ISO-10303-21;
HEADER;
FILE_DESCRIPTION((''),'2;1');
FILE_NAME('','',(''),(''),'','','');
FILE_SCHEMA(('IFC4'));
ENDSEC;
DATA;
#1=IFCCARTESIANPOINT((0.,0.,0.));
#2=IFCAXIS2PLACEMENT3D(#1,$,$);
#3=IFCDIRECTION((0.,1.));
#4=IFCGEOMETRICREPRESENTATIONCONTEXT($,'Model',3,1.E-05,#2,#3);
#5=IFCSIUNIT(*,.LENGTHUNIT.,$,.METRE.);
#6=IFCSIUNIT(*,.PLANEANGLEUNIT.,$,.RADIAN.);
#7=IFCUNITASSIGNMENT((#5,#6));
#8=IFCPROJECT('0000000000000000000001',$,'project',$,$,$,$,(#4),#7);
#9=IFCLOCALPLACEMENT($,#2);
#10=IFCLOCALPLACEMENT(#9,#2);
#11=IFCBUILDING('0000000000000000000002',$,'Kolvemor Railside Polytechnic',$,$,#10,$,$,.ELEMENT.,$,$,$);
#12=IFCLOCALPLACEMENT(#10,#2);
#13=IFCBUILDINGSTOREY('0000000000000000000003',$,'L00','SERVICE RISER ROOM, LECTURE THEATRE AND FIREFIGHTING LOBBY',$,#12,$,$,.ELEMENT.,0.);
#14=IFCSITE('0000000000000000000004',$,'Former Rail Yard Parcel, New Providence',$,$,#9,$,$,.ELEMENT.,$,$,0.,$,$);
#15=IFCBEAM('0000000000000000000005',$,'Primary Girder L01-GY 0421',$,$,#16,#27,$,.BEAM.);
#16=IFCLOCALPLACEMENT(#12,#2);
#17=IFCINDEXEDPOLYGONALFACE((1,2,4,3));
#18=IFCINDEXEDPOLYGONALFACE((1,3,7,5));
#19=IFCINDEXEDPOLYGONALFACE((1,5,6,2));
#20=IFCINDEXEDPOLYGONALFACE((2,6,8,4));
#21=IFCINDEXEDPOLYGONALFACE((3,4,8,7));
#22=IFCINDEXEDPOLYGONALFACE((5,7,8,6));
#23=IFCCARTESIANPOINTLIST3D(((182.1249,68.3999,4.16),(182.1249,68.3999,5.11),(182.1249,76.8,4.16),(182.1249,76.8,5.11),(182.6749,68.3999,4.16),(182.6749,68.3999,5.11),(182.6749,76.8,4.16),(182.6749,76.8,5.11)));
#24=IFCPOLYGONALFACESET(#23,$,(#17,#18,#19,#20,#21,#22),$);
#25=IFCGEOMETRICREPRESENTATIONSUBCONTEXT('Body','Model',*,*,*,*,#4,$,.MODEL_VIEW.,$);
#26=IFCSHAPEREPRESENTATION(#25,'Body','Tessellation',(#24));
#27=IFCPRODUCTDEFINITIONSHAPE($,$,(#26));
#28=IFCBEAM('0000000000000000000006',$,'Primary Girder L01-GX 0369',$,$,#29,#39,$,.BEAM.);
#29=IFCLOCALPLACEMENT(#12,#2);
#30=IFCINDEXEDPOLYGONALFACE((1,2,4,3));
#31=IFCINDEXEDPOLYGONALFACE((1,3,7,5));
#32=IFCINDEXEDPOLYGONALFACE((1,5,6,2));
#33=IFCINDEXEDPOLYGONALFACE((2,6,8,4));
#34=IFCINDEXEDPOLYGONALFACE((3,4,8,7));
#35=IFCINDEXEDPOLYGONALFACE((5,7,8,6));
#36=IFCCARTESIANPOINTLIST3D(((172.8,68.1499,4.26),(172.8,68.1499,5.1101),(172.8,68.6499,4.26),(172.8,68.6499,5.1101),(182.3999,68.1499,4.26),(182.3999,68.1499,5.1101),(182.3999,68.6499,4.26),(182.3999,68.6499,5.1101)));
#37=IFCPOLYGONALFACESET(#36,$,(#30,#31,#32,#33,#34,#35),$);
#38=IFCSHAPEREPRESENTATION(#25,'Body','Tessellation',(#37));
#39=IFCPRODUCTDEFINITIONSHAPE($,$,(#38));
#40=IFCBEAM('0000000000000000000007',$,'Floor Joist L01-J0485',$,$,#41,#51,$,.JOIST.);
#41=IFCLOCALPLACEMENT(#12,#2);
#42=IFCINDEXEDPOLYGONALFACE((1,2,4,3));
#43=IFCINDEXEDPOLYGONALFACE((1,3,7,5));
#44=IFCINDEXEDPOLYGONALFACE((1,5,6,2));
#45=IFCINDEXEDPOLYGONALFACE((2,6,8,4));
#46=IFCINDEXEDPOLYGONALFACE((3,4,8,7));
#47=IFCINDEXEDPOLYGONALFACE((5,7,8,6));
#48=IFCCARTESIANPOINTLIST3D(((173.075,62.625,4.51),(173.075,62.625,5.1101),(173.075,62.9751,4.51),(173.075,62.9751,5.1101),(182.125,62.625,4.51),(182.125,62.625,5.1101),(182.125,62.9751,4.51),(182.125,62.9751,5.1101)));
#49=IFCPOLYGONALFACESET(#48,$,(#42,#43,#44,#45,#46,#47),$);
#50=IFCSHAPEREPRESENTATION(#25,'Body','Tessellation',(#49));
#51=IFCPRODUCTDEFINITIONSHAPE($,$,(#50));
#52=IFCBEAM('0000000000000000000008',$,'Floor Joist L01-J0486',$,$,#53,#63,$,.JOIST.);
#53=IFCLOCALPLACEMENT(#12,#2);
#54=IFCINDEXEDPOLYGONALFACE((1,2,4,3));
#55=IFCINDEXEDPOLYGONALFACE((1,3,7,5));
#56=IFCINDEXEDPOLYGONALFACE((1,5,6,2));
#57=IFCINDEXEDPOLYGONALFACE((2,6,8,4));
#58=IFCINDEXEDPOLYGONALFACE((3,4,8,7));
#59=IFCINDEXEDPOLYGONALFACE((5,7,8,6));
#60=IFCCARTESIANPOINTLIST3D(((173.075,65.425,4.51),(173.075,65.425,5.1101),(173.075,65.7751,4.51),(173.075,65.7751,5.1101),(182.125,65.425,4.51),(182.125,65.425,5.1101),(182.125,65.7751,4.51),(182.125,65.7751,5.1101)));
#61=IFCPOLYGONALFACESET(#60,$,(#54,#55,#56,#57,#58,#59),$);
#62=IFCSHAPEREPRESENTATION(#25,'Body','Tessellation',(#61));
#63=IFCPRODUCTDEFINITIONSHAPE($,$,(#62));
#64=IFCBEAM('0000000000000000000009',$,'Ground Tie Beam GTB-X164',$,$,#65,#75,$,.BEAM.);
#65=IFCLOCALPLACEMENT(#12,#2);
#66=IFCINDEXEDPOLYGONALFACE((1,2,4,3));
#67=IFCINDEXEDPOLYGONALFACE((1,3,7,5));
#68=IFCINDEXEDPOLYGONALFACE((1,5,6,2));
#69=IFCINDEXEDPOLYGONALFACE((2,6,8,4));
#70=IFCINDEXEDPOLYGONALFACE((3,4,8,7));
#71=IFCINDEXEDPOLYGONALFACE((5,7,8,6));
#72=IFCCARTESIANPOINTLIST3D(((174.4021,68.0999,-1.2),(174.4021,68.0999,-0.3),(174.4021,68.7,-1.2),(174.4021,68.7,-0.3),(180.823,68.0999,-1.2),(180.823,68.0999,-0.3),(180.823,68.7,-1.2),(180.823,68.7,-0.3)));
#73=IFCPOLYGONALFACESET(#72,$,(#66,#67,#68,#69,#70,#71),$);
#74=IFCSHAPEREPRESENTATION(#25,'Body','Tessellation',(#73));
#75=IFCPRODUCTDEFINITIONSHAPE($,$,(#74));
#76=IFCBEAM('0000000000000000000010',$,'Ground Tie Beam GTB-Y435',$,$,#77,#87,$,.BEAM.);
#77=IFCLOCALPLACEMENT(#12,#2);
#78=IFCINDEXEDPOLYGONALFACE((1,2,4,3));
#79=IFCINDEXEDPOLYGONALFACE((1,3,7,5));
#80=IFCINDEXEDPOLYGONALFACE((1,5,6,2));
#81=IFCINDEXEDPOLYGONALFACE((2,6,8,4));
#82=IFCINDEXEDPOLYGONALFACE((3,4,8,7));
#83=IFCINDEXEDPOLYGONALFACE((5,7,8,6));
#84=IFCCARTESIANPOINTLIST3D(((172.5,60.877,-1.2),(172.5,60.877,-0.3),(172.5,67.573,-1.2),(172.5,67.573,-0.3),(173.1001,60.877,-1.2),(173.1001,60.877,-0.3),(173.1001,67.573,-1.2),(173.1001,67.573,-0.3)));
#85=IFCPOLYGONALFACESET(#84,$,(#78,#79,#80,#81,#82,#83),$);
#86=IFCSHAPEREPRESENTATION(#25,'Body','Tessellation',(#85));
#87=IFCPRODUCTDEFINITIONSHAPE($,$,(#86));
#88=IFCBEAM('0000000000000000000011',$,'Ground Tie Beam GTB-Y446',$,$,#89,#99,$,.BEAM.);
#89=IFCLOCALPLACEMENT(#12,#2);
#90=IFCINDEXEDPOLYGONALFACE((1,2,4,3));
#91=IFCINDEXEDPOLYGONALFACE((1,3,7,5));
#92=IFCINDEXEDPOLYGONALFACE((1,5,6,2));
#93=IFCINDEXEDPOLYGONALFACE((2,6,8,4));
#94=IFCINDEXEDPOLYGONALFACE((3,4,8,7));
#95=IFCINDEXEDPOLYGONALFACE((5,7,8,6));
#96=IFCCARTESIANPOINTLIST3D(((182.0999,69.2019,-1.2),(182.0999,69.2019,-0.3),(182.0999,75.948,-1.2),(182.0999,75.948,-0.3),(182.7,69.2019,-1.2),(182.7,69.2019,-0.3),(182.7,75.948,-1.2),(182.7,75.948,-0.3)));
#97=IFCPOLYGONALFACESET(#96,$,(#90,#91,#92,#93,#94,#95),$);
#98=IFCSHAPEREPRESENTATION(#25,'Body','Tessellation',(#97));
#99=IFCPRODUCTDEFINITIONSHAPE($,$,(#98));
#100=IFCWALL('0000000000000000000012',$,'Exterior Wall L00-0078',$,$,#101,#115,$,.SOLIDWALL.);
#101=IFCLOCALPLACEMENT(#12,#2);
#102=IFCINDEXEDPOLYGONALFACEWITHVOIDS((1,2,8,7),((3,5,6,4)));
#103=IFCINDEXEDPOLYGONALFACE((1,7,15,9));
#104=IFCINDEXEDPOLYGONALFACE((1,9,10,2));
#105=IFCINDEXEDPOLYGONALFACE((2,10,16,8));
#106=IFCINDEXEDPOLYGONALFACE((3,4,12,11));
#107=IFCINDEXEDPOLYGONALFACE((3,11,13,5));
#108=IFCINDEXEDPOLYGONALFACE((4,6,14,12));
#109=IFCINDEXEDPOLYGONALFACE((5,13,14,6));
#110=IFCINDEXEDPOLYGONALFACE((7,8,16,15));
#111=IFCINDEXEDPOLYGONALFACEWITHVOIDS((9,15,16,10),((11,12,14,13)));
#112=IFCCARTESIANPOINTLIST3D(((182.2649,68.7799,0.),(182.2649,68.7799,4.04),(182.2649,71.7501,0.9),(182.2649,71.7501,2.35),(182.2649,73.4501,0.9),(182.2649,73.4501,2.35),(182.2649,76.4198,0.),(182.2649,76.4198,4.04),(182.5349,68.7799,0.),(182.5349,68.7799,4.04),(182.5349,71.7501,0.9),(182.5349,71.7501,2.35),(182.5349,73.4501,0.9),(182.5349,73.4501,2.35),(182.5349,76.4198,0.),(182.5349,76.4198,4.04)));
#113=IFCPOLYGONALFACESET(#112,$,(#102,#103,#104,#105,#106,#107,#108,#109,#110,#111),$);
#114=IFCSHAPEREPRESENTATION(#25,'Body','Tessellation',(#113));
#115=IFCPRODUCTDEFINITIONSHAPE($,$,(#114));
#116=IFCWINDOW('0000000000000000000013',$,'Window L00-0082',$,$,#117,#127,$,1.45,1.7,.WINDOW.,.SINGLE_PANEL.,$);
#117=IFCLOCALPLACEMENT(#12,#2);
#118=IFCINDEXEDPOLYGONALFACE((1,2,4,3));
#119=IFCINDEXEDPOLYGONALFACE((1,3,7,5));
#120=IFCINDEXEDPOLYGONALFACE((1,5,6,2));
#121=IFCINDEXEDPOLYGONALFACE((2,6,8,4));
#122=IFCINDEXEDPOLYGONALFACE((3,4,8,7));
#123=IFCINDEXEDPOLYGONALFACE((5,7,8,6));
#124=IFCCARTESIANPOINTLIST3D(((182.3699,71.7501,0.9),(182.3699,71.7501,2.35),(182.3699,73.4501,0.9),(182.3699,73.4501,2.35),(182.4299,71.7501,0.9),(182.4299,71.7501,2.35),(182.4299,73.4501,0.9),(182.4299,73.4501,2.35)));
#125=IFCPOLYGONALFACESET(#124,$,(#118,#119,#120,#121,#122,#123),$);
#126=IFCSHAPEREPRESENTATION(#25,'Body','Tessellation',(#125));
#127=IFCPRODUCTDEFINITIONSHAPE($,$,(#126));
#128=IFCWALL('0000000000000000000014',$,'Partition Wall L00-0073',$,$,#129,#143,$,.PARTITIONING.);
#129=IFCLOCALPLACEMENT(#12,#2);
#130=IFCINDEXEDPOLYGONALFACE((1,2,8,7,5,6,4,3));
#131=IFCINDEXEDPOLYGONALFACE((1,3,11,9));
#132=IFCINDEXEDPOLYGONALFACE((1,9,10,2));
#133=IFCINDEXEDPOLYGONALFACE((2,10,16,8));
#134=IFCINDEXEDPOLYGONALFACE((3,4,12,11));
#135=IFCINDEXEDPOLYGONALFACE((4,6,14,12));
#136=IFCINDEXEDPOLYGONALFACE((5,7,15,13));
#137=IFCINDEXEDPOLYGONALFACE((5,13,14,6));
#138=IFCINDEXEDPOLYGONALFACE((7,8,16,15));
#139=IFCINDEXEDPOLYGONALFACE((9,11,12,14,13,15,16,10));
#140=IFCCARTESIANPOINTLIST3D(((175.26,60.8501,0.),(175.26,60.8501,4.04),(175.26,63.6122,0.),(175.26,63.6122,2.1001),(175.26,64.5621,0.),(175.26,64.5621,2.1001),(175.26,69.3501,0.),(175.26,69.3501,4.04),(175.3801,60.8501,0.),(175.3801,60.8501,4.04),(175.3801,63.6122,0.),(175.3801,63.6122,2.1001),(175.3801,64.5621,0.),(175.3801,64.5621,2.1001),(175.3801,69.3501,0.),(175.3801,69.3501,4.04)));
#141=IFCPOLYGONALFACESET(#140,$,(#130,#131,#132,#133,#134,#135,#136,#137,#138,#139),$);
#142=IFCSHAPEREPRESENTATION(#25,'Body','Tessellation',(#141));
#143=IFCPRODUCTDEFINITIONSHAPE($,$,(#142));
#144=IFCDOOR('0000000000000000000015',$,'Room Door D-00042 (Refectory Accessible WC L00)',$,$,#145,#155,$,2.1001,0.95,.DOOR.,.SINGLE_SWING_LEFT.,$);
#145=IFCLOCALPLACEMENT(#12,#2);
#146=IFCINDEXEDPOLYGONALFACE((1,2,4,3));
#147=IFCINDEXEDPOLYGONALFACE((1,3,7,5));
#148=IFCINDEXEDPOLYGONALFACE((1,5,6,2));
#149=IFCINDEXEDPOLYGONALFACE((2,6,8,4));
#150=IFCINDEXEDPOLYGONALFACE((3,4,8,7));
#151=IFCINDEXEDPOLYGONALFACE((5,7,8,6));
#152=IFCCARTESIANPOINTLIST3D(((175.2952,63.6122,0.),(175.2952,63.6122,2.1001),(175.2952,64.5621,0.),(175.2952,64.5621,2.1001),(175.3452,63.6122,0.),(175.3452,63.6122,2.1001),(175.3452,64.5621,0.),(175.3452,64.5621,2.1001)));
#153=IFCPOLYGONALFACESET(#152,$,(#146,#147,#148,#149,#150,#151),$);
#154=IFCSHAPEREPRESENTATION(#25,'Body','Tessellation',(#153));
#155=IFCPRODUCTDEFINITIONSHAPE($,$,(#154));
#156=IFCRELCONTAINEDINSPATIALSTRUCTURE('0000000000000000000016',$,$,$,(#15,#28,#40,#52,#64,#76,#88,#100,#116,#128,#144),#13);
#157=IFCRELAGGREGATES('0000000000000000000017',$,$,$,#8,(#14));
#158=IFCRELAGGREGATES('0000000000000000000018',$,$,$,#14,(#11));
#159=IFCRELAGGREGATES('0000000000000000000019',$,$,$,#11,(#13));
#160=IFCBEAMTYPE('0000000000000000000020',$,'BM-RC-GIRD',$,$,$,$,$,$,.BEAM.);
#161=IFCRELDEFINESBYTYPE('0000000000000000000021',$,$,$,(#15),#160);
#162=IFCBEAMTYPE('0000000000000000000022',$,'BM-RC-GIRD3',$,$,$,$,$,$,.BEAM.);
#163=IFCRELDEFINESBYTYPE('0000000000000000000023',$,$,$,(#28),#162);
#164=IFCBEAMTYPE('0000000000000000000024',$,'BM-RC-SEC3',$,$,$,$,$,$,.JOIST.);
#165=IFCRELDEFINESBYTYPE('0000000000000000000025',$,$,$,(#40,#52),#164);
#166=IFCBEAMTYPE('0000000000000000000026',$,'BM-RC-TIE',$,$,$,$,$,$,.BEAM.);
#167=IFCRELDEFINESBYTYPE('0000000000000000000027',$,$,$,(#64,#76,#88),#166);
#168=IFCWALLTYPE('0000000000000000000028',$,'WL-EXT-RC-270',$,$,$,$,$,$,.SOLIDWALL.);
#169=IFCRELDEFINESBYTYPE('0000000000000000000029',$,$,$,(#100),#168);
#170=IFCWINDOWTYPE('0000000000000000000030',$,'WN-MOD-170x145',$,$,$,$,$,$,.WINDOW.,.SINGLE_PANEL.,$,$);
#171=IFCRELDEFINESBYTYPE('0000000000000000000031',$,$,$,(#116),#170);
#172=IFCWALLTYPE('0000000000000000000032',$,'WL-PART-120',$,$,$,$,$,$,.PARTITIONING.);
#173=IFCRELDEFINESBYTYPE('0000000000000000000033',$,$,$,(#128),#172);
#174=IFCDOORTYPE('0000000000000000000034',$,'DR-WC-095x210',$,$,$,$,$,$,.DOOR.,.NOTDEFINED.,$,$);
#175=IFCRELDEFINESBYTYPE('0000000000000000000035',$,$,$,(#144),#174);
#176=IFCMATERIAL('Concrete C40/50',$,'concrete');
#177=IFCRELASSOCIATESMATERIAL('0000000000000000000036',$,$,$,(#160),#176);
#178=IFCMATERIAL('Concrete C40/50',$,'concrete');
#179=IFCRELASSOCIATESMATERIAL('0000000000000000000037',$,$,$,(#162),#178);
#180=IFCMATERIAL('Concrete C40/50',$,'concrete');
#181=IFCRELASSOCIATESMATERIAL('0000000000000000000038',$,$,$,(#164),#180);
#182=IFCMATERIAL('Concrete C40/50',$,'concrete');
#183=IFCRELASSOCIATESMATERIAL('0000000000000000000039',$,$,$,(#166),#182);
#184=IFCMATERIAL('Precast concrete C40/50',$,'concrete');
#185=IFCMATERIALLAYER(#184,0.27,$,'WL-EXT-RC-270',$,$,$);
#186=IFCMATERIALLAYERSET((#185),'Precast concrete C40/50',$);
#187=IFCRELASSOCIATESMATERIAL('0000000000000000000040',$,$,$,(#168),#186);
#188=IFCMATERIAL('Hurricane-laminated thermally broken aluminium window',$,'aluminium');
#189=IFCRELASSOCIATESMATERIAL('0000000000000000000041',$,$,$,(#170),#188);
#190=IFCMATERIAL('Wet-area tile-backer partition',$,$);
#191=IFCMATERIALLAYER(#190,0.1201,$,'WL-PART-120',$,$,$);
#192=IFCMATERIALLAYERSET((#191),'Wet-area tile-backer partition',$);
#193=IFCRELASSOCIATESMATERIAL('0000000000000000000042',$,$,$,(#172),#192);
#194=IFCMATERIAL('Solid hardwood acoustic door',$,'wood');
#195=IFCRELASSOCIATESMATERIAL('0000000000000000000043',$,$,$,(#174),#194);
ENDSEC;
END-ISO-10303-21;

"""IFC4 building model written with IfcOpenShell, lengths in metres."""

from ifc_helpers import new_model, si_unit, direction, frame, frame_2d, origin, origin_2d, place, context, subcontext, project, spatial, rectangle, extrude, material, layer, layer_set, material_profile, profile_set, type_object, element, fill, save


model = new_model("IFC4")

# Units and contexts
model_context = context("Model", 3, precision=1e-05, world=origin(), true_north=direction((0.0, 1.0)))
body_context = subcontext(model_context, "Body", "Model", "MODEL_VIEW")
ifc_project = project(units=[si_unit("LENGTHUNIT", "METRE"), si_unit("PLANEANGLEUNIT", "RADIAN")], contexts=[model_context])

# Site, building, storey
site_placement = place(None, origin())
site = spatial("IfcSite", under=ifc_project, at=site_placement, Name="Former Rail Yard Parcel, New Providence", CompositionType="ELEMENT", RefElevation=0.0)
building_placement = place(site_placement, origin())
building = spatial("IfcBuilding", under=site, at=building_placement, Name="Kolvemor Railside Polytechnic", CompositionType="ELEMENT")
storey_placement = place(building_placement, origin())
storey = spatial("IfcBuildingStorey", under=building, at=storey_placement, Name="L00", Description="SERVICE RISER ROOM, LECTURE THEATRE AND FIREFIGHTING LOBBY", CompositionType="ELEMENT", Elevation=0.0)

# Beams
ifc_material_1 = material(Name="Concrete C40/50", Category="concrete")
ifc_material_profile_1 = material_profile(ifc_material_1, rectangle(XDim=0.55, YDim=0.95, at=origin_2d()), Name="RC550x950")
ifc_profile_set_1 = profile_set([ifc_material_profile_1], Name="Concrete C40/50")
beam_type_1 = type_object("IfcBeamType", Name="BM-RC-GIRD", PredefinedType="BEAM", material=ifc_profile_set_1)
for number, where, z_axis, x_axis, name in (
    (1, (182.3999, 68.3999, 4.635), (0.0, 1.0, 0.0), (-1.0, 0.0, 0.0), "Primary Girder L01-GY 0421"),
):
    element("IfcBeam", number, at=place(storey_placement, frame(where, z_axis=z_axis, x_axis=x_axis)), inside=storey, type_object=beam_type_1, Name=name, PredefinedType="BEAM", context=body_context, shape_type="SweptSolid", body=[
        extrude(rectangle(XDim=0.55, YDim=0.95, at=origin_2d()), origin(), (0.0, 0.0, 1.0), 8.4001),
    ])
ifc_material_2 = material(Name="Concrete C40/50", Category="concrete")
ifc_material_profile_2 = material_profile(ifc_material_2, rectangle(XDim=0.5, YDim=0.8501, at=origin_2d()), Name="RC500x850")
ifc_profile_set_2 = profile_set([ifc_material_profile_2], Name="Concrete C40/50")
beam_type_2 = type_object("IfcBeamType", Name="BM-RC-GIRD3", PredefinedType="BEAM", material=ifc_profile_set_2)
beam_1_placement = place(storey_placement, frame((172.8, 68.3999, 4.6851), z_axis=(1.0, 0.0, 0.0), x_axis=(0.0, 1.0, 0.0)))
element("IfcBeam", 2, at=beam_1_placement, inside=storey, type_object=beam_type_2, Name="Primary Girder L01-GX 0369", PredefinedType="BEAM", context=body_context, shape_type="SweptSolid", body=[
    extrude(rectangle(XDim=0.5, YDim=0.8501, at=origin_2d()), origin(), (0.0, 0.0, 1.0), 9.5999),
])
ifc_material_3 = material(Name="Concrete C40/50", Category="concrete")
ifc_material_profile_3 = material_profile(ifc_material_3, rectangle(XDim=0.3501, YDim=0.6001, at=origin_2d()), Name="RC350x600")
ifc_profile_set_3 = profile_set([ifc_material_profile_3], Name="Concrete C40/50")
beam_type_3 = type_object("IfcBeamType", Name="BM-RC-SEC3", PredefinedType="JOIST", material=ifc_profile_set_3)
for number, where, z_axis, x_axis, name in (
    (3, (173.075, 62.8, 4.8101), (1.0, 0.0, 0.0), (0.0, 1.0, 0.0), "Floor Joist L01-J0485"),
    (4, (173.075, 65.6001, 4.8101), (1.0, 0.0, 0.0), (0.0, 1.0, 0.0), "Floor Joist L01-J0486"),
):
    element("IfcBeam", number, at=place(storey_placement, frame(where, z_axis=z_axis, x_axis=x_axis)), inside=storey, type_object=beam_type_3, Name=name, PredefinedType="JOIST", context=body_context, shape_type="SweptSolid", body=[
        extrude(rectangle(XDim=0.3501, YDim=0.6001, at=origin_2d()), origin(), (0.0, 0.0, 1.0), 9.05),
    ])
ifc_material_4 = material(Name="Concrete C40/50", Category="concrete")
ifc_material_profile_4 = material_profile(ifc_material_4, rectangle(XDim=0.6001, YDim=0.8999, at=origin_2d()), Name="RC600x900")
ifc_profile_set_4 = profile_set([ifc_material_profile_4], Name="Concrete C40/50")
beam_type_4 = type_object("IfcBeamType", Name="BM-RC-TIE", PredefinedType="BEAM", material=ifc_profile_set_4)
beam_2_placement = place(storey_placement, frame((174.4021, 68.3999, -0.75), z_axis=(1.0, 0.0, 0.0), x_axis=(0.0, 1.0, 0.0)))
element("IfcBeam", 5, at=beam_2_placement, inside=storey, type_object=beam_type_4, Name="Ground Tie Beam GTB-X164", PredefinedType="BEAM", context=body_context, shape_type="SweptSolid", body=[
    extrude(rectangle(XDim=0.6001, YDim=0.8999, at=origin_2d()), origin(), (0.0, 0.0, 1.0), 6.4209),
])
beam_3_placement = place(storey_placement, frame((172.8, 60.877, -0.75), z_axis=(0.0, 1.0, 0.0), x_axis=(-1.0, 0.0, 0.0)))
element("IfcBeam", 6, at=beam_3_placement, inside=storey, type_object=beam_type_4, Name="Ground Tie Beam GTB-Y435", PredefinedType="BEAM", context=body_context, shape_type="SweptSolid", body=[
    extrude(rectangle(XDim=0.6001, YDim=0.8999, at=origin_2d()), origin(), (0.0, 0.0, 1.0), 6.696),
])
beam_4_placement = place(storey_placement, frame((182.3999, 69.2019, -0.75), z_axis=(0.0, 1.0, 0.0), x_axis=(-1.0, 0.0, 0.0)))
element("IfcBeam", 7, at=beam_4_placement, inside=storey, type_object=beam_type_4, Name="Ground Tie Beam GTB-Y446", PredefinedType="BEAM", context=body_context, shape_type="SweptSolid", body=[
    extrude(rectangle(XDim=0.6001, YDim=0.8999, at=origin_2d()), origin(), (0.0, 0.0, 1.0), 6.7461),
])

# Wall, opening, window
ifc_material_5 = material(Name="Precast concrete C40/50", Category="concrete")
ifc_layer_1 = layer(ifc_material_5, 0.27, Name="WL-EXT-RC-270")
ifc_layer_set_1 = layer_set([ifc_layer_1], Name="Precast concrete C40/50")
wall_type_1 = type_object("IfcWallType", Name="WL-EXT-RC-270", PredefinedType="SOLIDWALL", material=ifc_layer_set_1)
wall_1_placement = place(storey_placement, frame((182.3999, 68.78, 0.0), z_axis=(0.0, 0.0, 1.0), x_axis=(0.0, 1.0, 0.0)))
wall_1 = element("IfcWall", 8, at=wall_1_placement, inside=storey, type_object=wall_type_1, Name="Exterior Wall L00-0078", PredefinedType="SOLIDWALL", context=body_context, shape_type="SweptSolid", body=[
    extrude(rectangle(XDim=7.6399, YDim=0.27, at=frame_2d((3.8198, 0.0))), origin(), (0.0, 0.0, 1.0), 4.04),
])
opening_1_placement = place(wall_1_placement, frame((2.97, 0.0, 0.8999)))
opening_1 = element("IfcOpeningElement", 9, at=opening_1_placement, cuts=wall_1, PredefinedType="OPENING", context=body_context, shape_type="SweptSolid", body=[
    extrude(rectangle(XDim=1.7, YDim=1.45, at=frame_2d((0.8501, 0.7251))), frame((0.0, 0.145, 0.0), z_axis=(0.0, -1.0, 0.0), x_axis=(1.0, 0.0, 0.0)), (0.0, 0.0, 1.0), 0.29),
])
ifc_material_6 = material(Name="Hurricane-laminated thermally broken aluminium window", Category="aluminium")
window_type = type_object("IfcWindowType", Name="WN-MOD-170x145", PartitioningType="SINGLE_PANEL", PredefinedType="WINDOW", material=ifc_material_6)
window_placement = place(opening_1_placement, origin())
window = element("IfcWindow", 10, at=window_placement, inside=storey, type_object=window_type, Name="Window L00-0082", OverallHeight=1.45, OverallWidth=1.7, PartitioningType="SINGLE_PANEL", PredefinedType="WINDOW", context=body_context, shape_type="SweptSolid", body=[
    extrude(rectangle(XDim=1.7, YDim=1.45, at=frame_2d((0.8501, 0.7251))), frame((0.0, 0.03, 0.0), z_axis=(0.0, -1.0, 0.0), x_axis=(1.0, 0.0, 0.0)), (0.0, 0.0, 1.0), 0.0601),
])
fill(opening_1, window)

# Wall, opening, door
ifc_material_7 = material(Name="Wet-area tile-backer partition")
ifc_layer_2 = layer(ifc_material_7, 0.1201, Name="WL-PART-120")
ifc_layer_set_2 = layer_set([ifc_layer_2], Name="Wet-area tile-backer partition")
wall_type_2 = type_object("IfcWallType", Name="WL-PART-120", PredefinedType="PARTITIONING", material=ifc_layer_set_2)
wall_2_placement = place(storey_placement, frame((175.3201, 60.8501, 0.0), z_axis=(0.0, 0.0, 1.0), x_axis=(0.0, 1.0, 0.0)))
wall_2 = element("IfcWall", 11, at=wall_2_placement, inside=storey, type_object=wall_type_2, Name="Partition Wall L00-0073", PredefinedType="PARTITIONING", context=body_context, shape_type="SweptSolid", body=[
    extrude(rectangle(XDim=8.5, YDim=0.1201, at=frame_2d((4.25, 0.0))), origin(), (0.0, 0.0, 1.0), 4.04),
])
opening_2_placement = place(wall_2_placement, frame((2.762, 0.0, 0.0)))
opening_2 = element("IfcOpeningElement", 12, at=opening_2_placement, cuts=wall_2, PredefinedType="OPENING", context=body_context, shape_type="SweptSolid", body=[
    extrude(rectangle(XDim=0.95, YDim=2.1001, at=frame_2d((0.4751, 1.05))), frame((0.0, 0.0701, 0.0), z_axis=(0.0, -1.0, 0.0), x_axis=(1.0, 0.0, 0.0)), (0.0, 0.0, 1.0), 0.1401),
])
ifc_material_8 = material(Name="Solid hardwood acoustic door", Category="wood")
door_type = type_object("IfcDoorType", Name="DR-WC-095x210", OperationType="NOTDEFINED", PredefinedType="DOOR", material=ifc_material_8)
door_placement = place(opening_2_placement, origin())
door = element("IfcDoor", 13, at=door_placement, inside=storey, type_object=door_type, Name="Room Door D-00042 (Refectory Accessible WC L00)", OperationType="SINGLE_SWING_LEFT", OverallHeight=2.1001, OverallWidth=0.95, PredefinedType="DOOR", context=body_context, shape_type="SweptSolid", body=[
    extrude(rectangle(XDim=0.95, YDim=2.1001, at=frame_2d((0.4751, 1.05))), frame((0.0, 0.0249, 0.0), z_axis=(0.0, -1.0, 0.0), x_axis=(1.0, 0.0, 0.0)), (0.0, 0.0, 1.0), 0.05),
])
fill(opening_2, door)

save(model, "model.ifc")
